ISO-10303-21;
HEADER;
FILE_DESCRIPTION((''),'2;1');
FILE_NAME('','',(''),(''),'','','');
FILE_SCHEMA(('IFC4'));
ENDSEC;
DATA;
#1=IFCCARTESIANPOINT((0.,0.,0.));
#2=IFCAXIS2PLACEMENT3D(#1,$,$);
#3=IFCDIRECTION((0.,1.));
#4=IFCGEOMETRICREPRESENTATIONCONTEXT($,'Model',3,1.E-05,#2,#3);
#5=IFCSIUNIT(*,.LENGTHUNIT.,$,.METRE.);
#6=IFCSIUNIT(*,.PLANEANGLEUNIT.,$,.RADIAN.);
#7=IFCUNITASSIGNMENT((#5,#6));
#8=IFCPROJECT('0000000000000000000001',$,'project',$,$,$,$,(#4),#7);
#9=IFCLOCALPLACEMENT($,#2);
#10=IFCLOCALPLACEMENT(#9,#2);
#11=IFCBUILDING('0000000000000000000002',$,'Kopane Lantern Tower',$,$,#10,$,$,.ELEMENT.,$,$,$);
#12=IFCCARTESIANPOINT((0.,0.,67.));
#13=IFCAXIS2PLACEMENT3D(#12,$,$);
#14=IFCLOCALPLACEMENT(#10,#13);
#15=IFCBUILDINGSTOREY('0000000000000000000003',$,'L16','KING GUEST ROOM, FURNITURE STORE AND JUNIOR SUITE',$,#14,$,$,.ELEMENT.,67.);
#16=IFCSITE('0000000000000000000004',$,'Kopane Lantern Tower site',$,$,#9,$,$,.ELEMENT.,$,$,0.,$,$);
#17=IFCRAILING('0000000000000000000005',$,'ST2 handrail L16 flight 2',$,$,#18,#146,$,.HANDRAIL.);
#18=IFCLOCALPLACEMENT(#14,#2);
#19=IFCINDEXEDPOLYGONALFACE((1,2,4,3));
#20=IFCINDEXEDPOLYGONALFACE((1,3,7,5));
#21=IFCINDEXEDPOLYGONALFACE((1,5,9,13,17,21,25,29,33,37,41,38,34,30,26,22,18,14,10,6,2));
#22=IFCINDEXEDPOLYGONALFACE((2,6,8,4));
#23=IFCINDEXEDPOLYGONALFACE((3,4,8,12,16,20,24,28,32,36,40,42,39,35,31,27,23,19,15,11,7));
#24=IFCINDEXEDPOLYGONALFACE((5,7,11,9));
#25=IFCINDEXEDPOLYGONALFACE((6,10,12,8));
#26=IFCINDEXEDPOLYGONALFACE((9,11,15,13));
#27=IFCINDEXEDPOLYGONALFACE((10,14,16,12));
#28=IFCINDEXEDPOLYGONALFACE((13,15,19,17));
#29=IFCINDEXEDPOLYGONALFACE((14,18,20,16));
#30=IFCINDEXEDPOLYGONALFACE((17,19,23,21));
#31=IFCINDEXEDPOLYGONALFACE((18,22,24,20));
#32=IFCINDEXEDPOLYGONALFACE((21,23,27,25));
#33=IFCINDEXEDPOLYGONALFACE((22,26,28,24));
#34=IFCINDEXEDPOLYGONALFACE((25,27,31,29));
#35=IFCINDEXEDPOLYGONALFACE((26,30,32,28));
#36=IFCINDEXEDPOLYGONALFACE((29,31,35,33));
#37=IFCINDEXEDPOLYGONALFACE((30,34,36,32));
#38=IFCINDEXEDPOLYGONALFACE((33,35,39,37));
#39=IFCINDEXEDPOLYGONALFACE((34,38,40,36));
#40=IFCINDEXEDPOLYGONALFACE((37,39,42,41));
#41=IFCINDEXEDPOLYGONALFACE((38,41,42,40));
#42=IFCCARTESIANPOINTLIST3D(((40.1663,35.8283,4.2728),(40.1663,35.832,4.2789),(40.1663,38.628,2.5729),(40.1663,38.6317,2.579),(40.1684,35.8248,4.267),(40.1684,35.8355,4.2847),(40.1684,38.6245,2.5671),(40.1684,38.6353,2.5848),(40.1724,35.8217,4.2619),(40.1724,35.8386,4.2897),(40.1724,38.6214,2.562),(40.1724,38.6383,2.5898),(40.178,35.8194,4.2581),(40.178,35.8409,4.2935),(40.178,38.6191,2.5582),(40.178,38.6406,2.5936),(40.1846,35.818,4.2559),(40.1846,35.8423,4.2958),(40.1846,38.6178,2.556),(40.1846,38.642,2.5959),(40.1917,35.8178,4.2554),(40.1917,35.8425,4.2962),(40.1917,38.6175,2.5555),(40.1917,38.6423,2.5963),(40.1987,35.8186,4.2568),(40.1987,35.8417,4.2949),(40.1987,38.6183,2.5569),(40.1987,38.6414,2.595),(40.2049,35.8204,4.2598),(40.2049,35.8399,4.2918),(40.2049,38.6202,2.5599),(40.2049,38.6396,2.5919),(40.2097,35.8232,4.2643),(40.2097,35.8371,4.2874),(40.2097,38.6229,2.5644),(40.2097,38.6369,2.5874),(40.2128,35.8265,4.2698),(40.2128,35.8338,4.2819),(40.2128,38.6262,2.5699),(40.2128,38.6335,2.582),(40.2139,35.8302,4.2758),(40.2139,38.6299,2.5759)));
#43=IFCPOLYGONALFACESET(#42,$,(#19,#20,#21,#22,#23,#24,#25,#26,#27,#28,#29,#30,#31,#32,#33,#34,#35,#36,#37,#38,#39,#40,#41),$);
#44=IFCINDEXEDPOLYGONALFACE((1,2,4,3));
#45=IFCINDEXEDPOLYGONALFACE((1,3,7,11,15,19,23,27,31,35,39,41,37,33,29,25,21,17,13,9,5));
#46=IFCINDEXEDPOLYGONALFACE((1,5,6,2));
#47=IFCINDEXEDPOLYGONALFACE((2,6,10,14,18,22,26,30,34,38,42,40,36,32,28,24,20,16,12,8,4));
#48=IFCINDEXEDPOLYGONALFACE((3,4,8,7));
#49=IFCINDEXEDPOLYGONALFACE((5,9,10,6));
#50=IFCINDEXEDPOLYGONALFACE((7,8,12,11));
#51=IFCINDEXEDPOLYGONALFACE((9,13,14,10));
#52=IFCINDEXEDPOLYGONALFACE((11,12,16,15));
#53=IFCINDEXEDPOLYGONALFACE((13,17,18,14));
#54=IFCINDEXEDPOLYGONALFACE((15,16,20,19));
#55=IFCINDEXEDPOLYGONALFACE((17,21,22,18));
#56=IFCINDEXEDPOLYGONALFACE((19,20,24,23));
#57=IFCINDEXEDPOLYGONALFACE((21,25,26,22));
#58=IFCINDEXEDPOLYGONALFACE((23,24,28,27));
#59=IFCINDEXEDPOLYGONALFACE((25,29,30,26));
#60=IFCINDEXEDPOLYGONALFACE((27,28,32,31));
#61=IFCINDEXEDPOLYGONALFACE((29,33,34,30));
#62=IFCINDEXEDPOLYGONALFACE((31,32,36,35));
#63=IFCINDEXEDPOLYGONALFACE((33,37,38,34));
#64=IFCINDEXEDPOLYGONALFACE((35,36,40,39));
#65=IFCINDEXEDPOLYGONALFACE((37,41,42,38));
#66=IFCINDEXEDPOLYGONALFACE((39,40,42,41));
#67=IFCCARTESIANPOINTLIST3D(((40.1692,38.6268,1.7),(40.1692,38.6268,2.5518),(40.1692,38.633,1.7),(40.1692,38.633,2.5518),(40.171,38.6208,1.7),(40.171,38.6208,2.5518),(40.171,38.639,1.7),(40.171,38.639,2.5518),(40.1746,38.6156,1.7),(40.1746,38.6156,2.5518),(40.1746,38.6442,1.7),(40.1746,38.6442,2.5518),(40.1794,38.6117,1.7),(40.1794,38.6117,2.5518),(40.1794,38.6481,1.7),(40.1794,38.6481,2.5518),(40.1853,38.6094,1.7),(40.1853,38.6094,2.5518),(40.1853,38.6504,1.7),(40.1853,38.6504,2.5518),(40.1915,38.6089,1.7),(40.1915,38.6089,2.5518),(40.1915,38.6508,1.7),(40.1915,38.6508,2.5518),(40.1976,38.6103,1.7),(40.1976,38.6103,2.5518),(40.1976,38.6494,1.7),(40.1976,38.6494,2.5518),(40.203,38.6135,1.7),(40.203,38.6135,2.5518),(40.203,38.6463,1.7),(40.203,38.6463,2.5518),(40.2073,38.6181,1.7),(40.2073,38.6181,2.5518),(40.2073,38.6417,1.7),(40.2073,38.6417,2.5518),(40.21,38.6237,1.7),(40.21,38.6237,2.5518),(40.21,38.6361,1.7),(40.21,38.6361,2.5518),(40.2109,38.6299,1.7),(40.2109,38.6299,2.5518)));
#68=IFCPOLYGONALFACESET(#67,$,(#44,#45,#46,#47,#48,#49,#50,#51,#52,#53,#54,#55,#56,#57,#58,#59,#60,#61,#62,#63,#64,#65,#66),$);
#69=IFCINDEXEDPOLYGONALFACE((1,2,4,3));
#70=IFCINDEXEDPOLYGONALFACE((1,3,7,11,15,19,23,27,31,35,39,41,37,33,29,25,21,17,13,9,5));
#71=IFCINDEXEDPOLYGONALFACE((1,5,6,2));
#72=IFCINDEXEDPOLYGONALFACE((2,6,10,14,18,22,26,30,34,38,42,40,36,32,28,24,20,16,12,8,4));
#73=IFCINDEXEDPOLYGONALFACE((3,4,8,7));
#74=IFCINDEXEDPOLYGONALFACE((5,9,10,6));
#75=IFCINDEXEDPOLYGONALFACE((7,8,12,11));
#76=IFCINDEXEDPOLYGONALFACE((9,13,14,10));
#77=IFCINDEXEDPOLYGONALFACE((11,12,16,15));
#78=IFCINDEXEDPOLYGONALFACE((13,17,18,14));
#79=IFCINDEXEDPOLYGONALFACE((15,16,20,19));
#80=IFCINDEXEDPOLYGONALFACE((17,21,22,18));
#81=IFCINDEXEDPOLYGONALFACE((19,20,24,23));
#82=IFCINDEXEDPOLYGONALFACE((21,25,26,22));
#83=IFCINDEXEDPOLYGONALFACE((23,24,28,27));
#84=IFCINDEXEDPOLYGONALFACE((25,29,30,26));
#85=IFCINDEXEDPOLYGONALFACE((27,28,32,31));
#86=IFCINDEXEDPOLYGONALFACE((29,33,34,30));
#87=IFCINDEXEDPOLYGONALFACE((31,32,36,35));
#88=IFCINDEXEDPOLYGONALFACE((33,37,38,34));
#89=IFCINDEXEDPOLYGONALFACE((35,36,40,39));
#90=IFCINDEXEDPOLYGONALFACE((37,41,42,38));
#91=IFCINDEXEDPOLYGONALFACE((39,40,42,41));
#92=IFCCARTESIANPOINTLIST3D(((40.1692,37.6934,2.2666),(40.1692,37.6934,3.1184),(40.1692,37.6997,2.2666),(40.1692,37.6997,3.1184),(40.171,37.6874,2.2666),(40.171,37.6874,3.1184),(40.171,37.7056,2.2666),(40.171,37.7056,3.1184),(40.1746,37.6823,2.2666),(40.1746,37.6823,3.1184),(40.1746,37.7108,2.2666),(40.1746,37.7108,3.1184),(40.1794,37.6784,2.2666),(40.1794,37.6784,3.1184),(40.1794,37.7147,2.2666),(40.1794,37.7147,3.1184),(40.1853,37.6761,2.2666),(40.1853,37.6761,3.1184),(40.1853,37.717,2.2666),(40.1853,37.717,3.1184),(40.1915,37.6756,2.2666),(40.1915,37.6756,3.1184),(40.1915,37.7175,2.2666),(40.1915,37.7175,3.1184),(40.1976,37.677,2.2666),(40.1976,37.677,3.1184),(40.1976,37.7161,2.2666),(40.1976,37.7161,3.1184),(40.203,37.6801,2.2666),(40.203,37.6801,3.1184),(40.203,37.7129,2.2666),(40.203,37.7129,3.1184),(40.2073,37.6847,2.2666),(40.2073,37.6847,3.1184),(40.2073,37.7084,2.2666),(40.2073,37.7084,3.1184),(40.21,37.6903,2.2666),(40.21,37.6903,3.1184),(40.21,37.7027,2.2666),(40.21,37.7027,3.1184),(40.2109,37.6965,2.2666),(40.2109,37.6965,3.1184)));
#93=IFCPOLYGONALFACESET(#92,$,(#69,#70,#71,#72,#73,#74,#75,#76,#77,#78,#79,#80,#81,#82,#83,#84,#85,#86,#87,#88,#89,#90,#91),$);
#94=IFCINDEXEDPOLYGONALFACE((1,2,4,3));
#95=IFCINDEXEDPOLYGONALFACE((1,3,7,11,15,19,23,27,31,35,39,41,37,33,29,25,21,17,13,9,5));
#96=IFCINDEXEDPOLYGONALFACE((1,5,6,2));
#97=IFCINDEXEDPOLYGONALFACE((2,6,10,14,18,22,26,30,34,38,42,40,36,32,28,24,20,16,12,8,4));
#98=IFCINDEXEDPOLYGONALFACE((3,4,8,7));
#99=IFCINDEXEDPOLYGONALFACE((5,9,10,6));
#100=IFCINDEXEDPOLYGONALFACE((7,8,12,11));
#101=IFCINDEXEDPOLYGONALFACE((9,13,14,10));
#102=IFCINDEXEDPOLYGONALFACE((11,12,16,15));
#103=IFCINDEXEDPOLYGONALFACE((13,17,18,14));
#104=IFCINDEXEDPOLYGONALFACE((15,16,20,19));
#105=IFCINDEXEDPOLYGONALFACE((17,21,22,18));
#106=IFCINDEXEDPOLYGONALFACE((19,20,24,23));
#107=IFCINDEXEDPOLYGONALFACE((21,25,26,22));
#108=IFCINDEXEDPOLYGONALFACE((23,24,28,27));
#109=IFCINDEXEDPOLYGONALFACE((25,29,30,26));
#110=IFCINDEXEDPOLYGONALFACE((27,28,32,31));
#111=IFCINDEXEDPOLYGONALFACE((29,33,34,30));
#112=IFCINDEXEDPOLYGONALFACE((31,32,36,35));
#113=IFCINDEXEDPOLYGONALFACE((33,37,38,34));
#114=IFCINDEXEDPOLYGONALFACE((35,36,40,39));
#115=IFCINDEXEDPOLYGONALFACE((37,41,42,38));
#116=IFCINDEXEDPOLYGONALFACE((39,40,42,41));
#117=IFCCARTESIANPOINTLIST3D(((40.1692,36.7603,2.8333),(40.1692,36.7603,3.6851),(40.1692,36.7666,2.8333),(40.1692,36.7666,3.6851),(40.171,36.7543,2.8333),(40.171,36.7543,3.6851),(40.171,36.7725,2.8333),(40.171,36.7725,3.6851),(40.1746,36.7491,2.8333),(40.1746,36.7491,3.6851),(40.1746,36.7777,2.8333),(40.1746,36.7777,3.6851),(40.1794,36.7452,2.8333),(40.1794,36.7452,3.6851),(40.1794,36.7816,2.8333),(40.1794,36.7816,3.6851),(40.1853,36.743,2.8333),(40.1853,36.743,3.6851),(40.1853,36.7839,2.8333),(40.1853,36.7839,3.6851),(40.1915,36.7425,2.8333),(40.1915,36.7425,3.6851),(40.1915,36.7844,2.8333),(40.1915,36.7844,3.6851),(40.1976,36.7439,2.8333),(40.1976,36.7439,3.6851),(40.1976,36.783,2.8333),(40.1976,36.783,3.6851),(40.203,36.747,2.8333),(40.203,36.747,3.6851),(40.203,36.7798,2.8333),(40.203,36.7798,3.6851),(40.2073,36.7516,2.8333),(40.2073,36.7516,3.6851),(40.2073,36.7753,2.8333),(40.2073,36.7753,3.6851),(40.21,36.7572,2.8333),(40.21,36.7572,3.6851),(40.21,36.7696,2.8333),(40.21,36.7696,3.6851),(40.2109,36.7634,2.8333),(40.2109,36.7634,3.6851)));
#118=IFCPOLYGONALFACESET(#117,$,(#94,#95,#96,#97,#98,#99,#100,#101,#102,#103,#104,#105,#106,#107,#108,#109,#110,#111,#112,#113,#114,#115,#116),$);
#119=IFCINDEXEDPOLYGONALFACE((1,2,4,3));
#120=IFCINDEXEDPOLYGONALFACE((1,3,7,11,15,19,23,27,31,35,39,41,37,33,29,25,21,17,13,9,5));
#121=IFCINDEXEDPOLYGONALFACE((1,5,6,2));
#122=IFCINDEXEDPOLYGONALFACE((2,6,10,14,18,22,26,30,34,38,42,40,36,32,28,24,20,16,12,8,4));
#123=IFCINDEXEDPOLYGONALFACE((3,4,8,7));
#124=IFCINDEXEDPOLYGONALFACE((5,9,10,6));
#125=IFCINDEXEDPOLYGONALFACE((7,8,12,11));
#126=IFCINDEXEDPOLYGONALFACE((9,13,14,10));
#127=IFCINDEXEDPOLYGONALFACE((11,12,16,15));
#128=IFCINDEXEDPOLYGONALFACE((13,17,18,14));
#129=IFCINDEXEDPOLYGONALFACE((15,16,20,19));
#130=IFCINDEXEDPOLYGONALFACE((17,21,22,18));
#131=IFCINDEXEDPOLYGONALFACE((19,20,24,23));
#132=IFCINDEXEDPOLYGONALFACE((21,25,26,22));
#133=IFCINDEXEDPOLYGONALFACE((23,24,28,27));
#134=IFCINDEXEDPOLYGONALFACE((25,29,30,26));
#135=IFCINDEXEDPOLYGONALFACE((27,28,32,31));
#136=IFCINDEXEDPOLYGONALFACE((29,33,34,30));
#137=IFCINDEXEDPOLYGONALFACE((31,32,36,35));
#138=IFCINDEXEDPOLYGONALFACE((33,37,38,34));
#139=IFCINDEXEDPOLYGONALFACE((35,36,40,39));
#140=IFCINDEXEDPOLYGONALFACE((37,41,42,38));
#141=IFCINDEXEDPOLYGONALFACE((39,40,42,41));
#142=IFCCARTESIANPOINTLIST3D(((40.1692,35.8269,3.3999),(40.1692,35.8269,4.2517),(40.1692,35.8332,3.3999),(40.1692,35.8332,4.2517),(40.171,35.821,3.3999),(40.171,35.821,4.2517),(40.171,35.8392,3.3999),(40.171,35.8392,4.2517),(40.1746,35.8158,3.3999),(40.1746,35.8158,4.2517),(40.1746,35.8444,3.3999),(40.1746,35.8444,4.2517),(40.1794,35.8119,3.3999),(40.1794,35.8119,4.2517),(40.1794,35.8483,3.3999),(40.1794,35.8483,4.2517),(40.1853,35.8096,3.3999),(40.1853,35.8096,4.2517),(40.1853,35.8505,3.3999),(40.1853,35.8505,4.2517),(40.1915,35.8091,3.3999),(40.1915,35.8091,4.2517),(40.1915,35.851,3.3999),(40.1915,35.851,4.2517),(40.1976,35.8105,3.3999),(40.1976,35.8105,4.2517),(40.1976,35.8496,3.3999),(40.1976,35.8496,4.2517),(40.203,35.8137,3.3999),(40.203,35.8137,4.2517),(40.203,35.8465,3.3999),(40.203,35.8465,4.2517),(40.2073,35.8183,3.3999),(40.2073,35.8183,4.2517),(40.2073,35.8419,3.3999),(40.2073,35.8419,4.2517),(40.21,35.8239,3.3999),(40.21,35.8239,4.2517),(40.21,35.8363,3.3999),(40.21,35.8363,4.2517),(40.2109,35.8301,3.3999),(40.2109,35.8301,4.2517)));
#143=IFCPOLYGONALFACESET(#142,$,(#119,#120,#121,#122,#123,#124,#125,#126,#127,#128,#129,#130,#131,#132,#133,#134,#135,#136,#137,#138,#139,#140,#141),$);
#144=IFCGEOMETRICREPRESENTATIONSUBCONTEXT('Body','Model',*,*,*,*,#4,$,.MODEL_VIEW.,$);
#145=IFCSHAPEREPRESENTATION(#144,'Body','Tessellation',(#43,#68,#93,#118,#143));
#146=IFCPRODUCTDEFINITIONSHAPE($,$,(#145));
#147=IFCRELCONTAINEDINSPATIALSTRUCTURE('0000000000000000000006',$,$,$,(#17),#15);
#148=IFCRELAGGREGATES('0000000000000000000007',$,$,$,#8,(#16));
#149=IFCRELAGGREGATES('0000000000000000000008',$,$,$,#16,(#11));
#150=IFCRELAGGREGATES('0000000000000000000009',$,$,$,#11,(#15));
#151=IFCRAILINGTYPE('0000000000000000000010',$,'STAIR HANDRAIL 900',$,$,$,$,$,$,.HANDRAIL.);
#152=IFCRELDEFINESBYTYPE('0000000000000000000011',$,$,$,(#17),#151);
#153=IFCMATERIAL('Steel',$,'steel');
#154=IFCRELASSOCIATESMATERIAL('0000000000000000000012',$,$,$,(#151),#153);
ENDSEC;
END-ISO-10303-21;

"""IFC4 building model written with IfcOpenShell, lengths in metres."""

from ifc_helpers import new_model, si_unit, direction, frame, origin, origin_2d, place, context, subcontext, project, spatial, circle, extrude, material, type_object, element, save


model = new_model("IFC4")

# Units and contexts
model_context = context("Model", 3, precision=1e-05, world=origin(), true_north=direction((0.0, 1.0)))
body_context = subcontext(model_context, "Body", "Model", "MODEL_VIEW")
ifc_project = project(units=[si_unit("LENGTHUNIT", "METRE"), si_unit("PLANEANGLEUNIT", "RADIAN")], contexts=[model_context])

# Site, building, storey
site_placement = place(None, origin())
site = spatial("IfcSite", under=ifc_project, at=site_placement, Name="Kopane Lantern Tower site", CompositionType="ELEMENT", RefElevation=0.0)
building_placement = place(site_placement, origin())
building = spatial("IfcBuilding", under=site, at=building_placement, Name="Kopane Lantern Tower", CompositionType="ELEMENT")
storey_placement = place(building_placement, frame((0.0, 0.0, 67.0)))
storey = spatial("IfcBuildingStorey", under=building, at=storey_placement, Name="L16", Description="KING GUEST ROOM, FURNITURE STORE AND JUNIOR SUITE", CompositionType="ELEMENT", Elevation=67.0)

# Railing
ifc_material_1 = material(Name="Steel", Category="steel")
railing_type_1 = type_object("IfcRailingType", Name="STAIR HANDRAIL 900", PredefinedType="HANDRAIL", material=ifc_material_1)
for number, where, name in (
    (1, (40.1899, 38.6299, 1.7), "ST2 handrail L16 flight 2"),
):
    element("IfcRailing", number, at=place(storey_placement, frame(where)), inside=storey, type_object=railing_type_1, Name=name, PredefinedType="HANDRAIL", context=body_context, shape_type="SweptSolid", body=[
        extrude(circle(Radius=0.0239, at=origin_2d()), frame((0.0, 0.0, 0.876), z_axis=(0.0, -0.854778, 0.518994), x_axis=(1.0, 0.0, 0.0)), (0.0, 0.0, 1.0), 3.2754),
        extrude(circle(Radius=0.021, at=origin_2d()), origin(), (0.0, 0.0, 1.0), 0.8518),
        extrude(circle(Radius=0.021, at=origin_2d()), frame((0.0, -0.9333, 0.5667)), (0.0, 0.0, 1.0), 0.8518),
        extrude(circle(Radius=0.021, at=origin_2d()), frame((0.0, -1.8665, 1.1333)), (0.0, 0.0, 1.0), 0.8518),
        extrude(circle(Radius=0.021, at=origin_2d()), frame((0.0, -2.7998, 1.7)), (0.0, 0.0, 1.0), 0.8518),
    ])

save(model, "model.ifc")
